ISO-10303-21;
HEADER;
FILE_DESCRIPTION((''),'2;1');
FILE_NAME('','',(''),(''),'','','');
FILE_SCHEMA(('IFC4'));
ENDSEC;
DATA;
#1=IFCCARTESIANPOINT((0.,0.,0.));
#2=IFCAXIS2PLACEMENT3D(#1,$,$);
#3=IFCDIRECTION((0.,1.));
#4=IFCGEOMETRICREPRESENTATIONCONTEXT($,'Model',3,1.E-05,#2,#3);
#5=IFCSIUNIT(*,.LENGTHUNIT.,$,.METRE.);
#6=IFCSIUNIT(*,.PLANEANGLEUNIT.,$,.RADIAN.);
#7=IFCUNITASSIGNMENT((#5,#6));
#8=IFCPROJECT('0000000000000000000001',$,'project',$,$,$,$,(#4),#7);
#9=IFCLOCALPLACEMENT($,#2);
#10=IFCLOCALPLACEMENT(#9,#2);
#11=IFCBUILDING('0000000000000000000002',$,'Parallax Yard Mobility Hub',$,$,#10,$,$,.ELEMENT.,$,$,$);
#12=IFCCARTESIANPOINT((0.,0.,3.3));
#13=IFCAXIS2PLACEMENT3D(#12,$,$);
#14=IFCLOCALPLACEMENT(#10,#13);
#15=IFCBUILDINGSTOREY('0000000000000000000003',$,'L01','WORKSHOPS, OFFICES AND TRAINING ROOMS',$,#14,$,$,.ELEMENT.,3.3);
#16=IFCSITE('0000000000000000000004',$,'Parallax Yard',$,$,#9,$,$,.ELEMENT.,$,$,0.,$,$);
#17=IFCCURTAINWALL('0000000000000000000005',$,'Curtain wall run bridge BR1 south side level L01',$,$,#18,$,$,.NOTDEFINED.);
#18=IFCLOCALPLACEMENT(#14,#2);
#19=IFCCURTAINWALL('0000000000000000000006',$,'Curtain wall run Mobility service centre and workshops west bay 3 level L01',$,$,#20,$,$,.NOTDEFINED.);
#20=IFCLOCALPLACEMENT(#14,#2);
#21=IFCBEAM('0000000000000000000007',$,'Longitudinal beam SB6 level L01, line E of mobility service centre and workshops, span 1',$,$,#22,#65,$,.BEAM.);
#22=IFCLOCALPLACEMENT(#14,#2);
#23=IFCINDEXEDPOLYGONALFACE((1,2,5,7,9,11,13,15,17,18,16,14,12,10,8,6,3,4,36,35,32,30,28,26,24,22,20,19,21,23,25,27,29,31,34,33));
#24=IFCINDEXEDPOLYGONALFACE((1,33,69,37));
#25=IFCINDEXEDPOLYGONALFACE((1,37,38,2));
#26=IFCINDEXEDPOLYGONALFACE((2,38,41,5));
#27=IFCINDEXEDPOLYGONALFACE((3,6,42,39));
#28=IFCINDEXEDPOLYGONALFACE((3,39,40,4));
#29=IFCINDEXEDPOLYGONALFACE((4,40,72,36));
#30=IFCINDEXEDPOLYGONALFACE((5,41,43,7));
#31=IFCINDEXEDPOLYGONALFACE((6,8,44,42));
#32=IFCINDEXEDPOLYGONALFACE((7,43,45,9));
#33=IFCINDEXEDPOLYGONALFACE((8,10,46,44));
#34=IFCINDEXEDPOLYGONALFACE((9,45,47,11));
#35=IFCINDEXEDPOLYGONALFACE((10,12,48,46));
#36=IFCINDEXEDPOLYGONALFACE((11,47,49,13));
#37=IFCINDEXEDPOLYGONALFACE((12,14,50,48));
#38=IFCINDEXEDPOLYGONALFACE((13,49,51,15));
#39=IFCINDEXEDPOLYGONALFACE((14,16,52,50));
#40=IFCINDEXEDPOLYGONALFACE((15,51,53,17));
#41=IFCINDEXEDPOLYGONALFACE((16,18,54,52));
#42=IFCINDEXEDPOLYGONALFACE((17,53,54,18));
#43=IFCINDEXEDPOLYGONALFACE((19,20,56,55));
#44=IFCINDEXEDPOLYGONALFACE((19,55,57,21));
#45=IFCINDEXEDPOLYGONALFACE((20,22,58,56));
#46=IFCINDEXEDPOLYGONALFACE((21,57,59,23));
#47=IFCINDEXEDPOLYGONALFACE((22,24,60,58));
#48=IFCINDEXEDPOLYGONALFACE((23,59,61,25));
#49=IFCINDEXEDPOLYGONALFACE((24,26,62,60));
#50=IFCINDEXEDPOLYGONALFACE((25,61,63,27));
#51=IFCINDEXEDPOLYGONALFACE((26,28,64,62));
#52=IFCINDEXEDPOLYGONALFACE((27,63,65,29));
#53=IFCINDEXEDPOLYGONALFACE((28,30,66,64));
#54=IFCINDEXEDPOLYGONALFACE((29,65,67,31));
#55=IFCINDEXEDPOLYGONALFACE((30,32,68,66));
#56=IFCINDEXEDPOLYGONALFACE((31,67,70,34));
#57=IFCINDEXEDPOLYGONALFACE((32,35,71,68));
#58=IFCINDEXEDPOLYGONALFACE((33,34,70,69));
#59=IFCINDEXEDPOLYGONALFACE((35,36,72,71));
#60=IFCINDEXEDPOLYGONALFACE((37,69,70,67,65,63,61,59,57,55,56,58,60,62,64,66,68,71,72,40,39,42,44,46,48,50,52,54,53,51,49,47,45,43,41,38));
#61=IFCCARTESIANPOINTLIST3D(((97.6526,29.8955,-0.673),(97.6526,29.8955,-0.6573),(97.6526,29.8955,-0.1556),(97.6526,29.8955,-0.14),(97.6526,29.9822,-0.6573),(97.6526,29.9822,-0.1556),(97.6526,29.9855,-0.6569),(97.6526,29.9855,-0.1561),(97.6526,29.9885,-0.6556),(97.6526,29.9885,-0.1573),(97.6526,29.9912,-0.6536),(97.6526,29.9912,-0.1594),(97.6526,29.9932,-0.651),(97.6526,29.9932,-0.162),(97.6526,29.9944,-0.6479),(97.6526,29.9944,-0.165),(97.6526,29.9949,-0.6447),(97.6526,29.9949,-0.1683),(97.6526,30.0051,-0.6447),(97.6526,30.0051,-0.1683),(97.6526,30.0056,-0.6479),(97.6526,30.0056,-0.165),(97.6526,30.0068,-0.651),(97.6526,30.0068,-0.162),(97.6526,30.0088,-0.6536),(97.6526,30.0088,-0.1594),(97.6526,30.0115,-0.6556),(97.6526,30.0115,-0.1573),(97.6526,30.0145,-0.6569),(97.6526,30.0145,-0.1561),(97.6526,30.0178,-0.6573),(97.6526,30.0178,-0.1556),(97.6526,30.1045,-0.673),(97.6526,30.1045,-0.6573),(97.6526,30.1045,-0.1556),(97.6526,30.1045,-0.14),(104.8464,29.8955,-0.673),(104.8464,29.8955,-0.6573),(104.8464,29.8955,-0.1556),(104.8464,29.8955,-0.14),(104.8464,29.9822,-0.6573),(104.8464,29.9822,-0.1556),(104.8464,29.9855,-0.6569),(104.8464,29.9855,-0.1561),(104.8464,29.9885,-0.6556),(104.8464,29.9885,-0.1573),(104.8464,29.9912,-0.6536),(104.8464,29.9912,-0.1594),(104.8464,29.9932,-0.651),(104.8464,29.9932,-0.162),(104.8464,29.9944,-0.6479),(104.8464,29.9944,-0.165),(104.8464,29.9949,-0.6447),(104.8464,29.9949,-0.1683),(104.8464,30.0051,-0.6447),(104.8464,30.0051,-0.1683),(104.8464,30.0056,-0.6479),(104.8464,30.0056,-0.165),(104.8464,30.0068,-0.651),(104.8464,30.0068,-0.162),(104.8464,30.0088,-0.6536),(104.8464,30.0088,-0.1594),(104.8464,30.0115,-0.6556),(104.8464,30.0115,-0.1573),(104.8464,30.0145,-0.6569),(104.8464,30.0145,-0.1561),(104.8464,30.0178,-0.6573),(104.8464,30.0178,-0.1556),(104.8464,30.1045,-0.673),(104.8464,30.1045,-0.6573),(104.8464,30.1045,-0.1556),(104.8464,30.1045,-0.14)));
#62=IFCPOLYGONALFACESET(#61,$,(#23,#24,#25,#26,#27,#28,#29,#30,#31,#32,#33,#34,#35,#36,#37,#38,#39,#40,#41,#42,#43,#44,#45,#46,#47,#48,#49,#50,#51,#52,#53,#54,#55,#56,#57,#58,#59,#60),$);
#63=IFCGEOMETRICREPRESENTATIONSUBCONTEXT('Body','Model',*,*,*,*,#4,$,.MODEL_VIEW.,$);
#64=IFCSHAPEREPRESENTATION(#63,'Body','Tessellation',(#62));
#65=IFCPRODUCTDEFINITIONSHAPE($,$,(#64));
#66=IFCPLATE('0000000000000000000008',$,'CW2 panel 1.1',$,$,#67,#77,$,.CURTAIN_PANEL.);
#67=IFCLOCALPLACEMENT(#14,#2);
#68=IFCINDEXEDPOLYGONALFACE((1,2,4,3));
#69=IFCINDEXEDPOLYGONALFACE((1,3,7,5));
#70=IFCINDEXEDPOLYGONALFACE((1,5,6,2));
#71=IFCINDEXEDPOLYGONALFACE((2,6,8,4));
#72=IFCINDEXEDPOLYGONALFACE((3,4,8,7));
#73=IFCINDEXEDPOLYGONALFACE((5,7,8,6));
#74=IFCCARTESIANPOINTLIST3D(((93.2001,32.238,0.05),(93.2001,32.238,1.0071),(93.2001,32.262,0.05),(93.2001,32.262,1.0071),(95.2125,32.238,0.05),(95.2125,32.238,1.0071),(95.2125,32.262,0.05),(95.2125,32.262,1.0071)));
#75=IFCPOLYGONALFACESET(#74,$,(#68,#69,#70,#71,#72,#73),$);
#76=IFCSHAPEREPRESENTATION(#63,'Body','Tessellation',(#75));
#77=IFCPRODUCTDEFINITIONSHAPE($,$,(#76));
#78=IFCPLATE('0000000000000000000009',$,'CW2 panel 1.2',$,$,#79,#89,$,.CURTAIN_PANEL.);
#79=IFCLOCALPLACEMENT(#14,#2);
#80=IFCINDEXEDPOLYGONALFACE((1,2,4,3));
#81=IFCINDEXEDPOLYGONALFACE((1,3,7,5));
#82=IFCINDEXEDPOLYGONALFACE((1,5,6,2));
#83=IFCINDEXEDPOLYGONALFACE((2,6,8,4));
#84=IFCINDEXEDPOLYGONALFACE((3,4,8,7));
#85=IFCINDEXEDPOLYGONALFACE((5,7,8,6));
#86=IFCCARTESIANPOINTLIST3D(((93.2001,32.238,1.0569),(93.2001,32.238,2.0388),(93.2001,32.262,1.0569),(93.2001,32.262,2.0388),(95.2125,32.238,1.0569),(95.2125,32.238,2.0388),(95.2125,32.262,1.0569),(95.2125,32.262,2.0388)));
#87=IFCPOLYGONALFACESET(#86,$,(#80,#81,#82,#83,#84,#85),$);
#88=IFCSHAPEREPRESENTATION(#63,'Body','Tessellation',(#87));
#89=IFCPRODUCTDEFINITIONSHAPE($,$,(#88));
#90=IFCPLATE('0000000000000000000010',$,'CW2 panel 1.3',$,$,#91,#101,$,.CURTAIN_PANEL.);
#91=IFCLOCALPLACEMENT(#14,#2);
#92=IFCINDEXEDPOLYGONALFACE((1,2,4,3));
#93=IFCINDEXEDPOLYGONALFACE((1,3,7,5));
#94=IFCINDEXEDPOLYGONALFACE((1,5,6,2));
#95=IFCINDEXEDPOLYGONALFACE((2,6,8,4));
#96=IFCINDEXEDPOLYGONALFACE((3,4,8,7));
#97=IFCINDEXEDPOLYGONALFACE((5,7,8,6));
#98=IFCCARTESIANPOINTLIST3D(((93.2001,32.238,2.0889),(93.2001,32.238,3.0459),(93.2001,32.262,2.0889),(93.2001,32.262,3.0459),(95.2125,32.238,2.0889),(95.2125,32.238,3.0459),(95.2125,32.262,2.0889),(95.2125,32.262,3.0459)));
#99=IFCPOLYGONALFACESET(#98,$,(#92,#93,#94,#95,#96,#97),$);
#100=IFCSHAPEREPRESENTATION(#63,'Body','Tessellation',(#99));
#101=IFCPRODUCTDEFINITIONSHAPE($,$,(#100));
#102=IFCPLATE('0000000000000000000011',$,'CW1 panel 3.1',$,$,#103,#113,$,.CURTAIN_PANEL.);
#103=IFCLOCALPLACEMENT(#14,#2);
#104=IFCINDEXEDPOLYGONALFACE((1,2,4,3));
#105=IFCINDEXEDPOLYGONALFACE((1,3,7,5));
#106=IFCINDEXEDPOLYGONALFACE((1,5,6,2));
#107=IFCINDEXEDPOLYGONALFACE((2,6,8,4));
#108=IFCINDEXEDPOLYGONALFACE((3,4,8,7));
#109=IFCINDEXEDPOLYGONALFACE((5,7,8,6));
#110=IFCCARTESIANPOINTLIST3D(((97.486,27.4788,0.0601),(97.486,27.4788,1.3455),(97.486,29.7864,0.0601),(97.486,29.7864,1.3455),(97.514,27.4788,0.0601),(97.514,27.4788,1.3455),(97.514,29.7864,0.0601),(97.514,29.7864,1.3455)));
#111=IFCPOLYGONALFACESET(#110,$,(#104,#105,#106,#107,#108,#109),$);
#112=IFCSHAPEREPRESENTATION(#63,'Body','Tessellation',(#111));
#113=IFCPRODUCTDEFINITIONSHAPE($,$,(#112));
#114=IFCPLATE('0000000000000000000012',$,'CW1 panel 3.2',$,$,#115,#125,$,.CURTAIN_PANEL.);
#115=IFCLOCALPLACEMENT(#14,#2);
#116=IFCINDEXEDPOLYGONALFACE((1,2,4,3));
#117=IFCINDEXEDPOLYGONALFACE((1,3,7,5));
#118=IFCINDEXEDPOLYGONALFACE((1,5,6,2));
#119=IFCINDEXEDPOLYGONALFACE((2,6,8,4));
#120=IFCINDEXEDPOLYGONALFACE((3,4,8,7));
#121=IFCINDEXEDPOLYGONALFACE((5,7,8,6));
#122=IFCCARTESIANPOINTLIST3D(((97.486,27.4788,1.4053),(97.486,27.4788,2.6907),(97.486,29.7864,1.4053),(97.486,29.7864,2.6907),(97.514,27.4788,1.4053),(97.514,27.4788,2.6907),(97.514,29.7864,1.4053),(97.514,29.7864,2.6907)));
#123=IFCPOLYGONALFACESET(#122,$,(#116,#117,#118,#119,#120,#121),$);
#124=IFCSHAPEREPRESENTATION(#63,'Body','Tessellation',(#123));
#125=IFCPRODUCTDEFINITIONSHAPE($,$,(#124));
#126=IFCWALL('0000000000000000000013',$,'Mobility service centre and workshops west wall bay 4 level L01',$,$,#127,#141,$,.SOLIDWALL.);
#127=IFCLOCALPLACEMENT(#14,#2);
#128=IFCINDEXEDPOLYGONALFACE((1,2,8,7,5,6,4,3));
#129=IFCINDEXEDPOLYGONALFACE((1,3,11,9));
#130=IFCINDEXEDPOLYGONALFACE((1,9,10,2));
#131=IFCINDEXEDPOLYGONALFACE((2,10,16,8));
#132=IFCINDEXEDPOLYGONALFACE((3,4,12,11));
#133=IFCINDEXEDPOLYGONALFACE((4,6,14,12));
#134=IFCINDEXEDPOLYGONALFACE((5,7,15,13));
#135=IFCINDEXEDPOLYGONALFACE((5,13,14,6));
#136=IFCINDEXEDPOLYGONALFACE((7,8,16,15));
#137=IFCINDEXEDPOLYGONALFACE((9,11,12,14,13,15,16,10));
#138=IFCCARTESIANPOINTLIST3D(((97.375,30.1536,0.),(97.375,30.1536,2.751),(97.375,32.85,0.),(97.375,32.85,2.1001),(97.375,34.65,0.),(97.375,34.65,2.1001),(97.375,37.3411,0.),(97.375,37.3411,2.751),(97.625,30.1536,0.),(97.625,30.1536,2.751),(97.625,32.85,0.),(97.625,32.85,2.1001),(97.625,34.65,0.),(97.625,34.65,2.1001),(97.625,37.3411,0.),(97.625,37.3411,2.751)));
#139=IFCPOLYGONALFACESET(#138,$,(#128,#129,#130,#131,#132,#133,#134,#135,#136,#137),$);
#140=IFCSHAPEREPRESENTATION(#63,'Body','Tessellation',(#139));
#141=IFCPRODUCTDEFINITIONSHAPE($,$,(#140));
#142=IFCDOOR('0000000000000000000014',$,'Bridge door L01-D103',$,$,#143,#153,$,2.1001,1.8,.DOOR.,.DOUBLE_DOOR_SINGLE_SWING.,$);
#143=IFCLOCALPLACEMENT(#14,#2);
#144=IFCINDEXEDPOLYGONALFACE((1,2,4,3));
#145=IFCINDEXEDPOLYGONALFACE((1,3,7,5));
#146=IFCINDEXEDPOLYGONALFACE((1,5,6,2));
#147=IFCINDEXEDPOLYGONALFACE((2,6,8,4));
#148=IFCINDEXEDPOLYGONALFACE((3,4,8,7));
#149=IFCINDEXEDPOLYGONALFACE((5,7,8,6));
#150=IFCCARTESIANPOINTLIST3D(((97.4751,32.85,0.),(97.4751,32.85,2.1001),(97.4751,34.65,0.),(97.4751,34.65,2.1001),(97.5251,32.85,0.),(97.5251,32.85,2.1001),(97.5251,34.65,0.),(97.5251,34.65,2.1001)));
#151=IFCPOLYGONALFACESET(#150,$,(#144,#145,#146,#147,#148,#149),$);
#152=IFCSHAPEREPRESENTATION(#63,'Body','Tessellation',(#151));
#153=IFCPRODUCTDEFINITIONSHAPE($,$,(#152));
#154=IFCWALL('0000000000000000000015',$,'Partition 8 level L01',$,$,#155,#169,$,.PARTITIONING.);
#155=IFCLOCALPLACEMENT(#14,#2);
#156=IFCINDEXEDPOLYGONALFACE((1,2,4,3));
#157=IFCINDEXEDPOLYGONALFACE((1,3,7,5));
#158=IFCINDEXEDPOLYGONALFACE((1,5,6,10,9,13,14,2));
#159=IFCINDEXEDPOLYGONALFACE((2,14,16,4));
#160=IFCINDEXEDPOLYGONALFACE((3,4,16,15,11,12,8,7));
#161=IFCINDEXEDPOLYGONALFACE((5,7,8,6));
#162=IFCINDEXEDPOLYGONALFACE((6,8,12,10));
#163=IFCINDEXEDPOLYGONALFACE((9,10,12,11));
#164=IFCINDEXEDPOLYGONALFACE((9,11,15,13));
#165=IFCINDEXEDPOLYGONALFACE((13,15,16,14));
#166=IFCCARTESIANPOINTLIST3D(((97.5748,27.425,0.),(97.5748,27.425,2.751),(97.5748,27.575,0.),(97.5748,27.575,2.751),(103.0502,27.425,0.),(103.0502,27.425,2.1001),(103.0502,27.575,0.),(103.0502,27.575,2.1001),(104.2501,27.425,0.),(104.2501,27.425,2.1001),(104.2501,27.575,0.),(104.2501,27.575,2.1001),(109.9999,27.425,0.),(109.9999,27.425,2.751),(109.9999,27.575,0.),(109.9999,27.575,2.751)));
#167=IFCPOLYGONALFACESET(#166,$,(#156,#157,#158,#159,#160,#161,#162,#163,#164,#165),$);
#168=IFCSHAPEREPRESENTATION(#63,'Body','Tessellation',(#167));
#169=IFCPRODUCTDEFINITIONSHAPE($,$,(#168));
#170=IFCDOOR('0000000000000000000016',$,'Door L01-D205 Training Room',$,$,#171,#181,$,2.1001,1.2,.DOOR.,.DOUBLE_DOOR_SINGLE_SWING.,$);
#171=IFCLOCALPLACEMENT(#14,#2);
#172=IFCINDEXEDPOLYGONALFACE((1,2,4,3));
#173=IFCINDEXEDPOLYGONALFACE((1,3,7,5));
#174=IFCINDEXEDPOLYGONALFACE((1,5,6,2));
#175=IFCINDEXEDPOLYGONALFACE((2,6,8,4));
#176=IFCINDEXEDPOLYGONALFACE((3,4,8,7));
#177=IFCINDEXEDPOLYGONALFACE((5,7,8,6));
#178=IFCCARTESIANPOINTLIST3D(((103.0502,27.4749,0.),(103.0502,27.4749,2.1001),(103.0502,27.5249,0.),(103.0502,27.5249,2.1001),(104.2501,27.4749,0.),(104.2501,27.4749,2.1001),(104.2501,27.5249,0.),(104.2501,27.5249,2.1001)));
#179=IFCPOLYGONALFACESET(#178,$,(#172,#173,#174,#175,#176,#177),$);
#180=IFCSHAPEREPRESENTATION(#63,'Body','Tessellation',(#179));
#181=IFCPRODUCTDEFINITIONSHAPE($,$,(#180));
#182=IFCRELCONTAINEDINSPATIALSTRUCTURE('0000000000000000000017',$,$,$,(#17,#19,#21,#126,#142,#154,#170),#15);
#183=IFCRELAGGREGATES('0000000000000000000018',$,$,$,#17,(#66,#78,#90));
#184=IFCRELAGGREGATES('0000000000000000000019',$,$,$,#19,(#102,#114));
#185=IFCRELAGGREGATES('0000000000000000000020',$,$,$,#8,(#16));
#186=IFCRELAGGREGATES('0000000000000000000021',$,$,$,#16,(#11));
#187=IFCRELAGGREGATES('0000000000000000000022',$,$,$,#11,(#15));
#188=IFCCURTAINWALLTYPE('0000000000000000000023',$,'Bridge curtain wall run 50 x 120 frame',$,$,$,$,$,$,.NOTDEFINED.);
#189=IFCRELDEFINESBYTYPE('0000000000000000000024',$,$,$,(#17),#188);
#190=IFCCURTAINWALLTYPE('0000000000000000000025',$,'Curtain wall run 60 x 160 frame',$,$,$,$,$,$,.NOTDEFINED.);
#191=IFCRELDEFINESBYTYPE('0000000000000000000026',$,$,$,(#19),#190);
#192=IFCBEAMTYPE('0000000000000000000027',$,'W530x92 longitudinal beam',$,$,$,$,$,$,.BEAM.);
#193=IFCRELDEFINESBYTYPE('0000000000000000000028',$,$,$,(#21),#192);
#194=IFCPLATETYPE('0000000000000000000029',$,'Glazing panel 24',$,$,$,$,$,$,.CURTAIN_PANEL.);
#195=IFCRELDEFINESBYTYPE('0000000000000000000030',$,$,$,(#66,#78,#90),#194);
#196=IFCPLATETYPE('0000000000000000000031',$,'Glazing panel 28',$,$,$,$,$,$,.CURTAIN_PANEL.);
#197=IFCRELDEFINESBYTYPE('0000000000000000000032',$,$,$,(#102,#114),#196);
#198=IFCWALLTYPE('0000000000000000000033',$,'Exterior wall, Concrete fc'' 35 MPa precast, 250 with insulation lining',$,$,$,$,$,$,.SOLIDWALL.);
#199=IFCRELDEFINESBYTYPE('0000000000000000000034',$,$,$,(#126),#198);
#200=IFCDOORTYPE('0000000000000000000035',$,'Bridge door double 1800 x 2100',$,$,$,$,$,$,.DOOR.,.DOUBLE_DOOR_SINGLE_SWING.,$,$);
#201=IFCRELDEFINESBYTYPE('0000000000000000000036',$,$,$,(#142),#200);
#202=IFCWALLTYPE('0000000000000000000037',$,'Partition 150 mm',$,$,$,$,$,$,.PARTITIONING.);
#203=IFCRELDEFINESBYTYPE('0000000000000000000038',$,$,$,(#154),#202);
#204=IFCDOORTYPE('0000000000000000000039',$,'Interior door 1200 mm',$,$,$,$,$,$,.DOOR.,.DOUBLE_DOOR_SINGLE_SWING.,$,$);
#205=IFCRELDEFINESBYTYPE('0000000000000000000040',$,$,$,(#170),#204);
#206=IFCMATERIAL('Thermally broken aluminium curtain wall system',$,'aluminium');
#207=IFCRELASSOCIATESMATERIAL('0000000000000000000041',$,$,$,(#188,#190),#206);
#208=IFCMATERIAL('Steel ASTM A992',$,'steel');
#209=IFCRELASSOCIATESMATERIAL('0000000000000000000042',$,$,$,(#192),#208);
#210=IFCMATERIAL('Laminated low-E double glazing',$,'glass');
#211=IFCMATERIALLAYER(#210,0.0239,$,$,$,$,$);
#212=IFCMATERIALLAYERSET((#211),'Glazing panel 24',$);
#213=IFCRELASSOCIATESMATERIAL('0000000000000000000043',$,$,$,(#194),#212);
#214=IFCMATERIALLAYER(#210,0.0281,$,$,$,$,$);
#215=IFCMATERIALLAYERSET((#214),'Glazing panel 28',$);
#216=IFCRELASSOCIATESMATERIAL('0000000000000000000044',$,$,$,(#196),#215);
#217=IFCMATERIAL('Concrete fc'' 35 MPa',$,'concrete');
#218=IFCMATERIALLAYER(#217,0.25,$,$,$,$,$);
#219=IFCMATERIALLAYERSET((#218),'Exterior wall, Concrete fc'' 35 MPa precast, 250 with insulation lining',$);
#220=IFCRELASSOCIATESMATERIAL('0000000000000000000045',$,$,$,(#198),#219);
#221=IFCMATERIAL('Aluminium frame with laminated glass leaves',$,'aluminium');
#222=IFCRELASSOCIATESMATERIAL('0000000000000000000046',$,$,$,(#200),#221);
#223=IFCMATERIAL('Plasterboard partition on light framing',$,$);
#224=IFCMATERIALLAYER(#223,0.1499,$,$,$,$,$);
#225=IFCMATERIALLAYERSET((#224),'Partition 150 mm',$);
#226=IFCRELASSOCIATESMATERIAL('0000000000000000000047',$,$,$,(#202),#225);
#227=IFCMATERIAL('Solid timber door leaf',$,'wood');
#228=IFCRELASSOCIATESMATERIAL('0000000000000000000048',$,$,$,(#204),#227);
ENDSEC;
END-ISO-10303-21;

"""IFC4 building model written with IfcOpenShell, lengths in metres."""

from ifc_helpers import new_model, si_unit, direction, frame, frame_2d, origin, origin_2d, place, context, subcontext, project, spatial, rectangle, i_section, extrude, material, layer, layer_set, material_profile, profile_set, type_object, element, fill, aggregate, save


model = new_model("IFC4")

# Units and contexts
model_context = context("Model", 3, precision=1e-05, world=origin(), true_north=direction((0.0, 1.0)))
body_context = subcontext(model_context, "Body", "Model", "MODEL_VIEW")
ifc_project = project(units=[si_unit("LENGTHUNIT", "METRE"), si_unit("PLANEANGLEUNIT", "RADIAN")], contexts=[model_context])

# Site, building, storey
site_placement = place(None, origin())
site = spatial("IfcSite", under=ifc_project, at=site_placement, Name="Parallax Yard", CompositionType="ELEMENT", RefElevation=0.0)
building_placement = place(site_placement, origin())
building = spatial("IfcBuilding", under=site, at=building_placement, Name="Parallax Yard Mobility Hub", CompositionType="ELEMENT")
storey_placement = place(building_placement, frame((0.0, 0.0, 3.3)))
storey = spatial("IfcBuildingStorey", under=building, at=storey_placement, Name="L01", Description="WORKSHOPS, OFFICES AND TRAINING ROOMS", CompositionType="ELEMENT", Elevation=3.3)

# Shared definitions
ifc_material_1 = material(Name="Steel ASTM A992", Category="steel")

# Curtain wall
ifc_material_2 = material(Name="Thermally broken aluminium curtain wall system", Category="aluminium")
curtain_wall_type_1 = type_object("IfcCurtainWallType", Name="Bridge curtain wall run 50 x 120 frame", PredefinedType="NOTDEFINED", material=ifc_material_2)
curtain_wall_1_placement = place(storey_placement, origin())
curtain_wall_1 = element("IfcCurtainWall", 1, at=curtain_wall_1_placement, inside=storey, type_object=curtain_wall_type_1, Name="Curtain wall run bridge BR1 south side level L01", PredefinedType="NOTDEFINED")

# Curtain wall
curtain_wall_type_2 = type_object("IfcCurtainWallType", Name="Curtain wall run 60 x 160 frame", PredefinedType="NOTDEFINED", material=ifc_material_2)
curtain_wall_2_placement = place(storey_placement, origin())
curtain_wall_2 = element("IfcCurtainWall", 2, at=curtain_wall_2_placement, inside=storey, type_object=curtain_wall_type_2, Name="Curtain wall run Mobility service centre and workshops west bay 3 level L01", PredefinedType="NOTDEFINED")

# Beam
ifc_material_profile_1 = material_profile(ifc_material_1, i_section(OverallWidth=0.209, OverallDepth=0.533, WebThickness=0.0103, FlangeThickness=0.0156, FilletRadius=0.0127, at=origin_2d()), Name="W530x92")
ifc_profile_set_1 = profile_set([ifc_material_profile_1], Name="Steel ASTM A992")
beam_type_1 = type_object("IfcBeamType", Name="W530x92 longitudinal beam", PredefinedType="BEAM", material=ifc_profile_set_1)
beam_1_placement = place(storey_placement, frame((97.6526, 30.0, -0.4065), z_axis=(1.0, 0.0, 0.0), x_axis=(0.0, 1.0, 0.0)))
element("IfcBeam", 3, at=beam_1_placement, inside=storey, type_object=beam_type_1, Name="Longitudinal beam SB6 level L01, line E of mobility service centre and workshops, span 1", PredefinedType="BEAM", context=body_context, shape_type="SweptSolid", body=[
    extrude(i_section(OverallWidth=0.209, OverallDepth=0.533, WebThickness=0.0103, FlangeThickness=0.0156, FilletRadius=0.0127, at=origin_2d()), origin(), (0.0, 0.0, 1.0), 7.1938),
])

# Plates
ifc_material_3 = material(Name="Laminated low-E double glazing", Category="glass")
ifc_layer_1 = layer(ifc_material_3, 0.0239)
ifc_layer_set_1 = layer_set([ifc_layer_1], Name="Glazing panel 24")
plate_type_1 = type_object("IfcPlateType", Name="Glazing panel 24", PredefinedType="CURTAIN_PANEL", material=ifc_layer_set_1)
plate_1_placement = place(storey_placement, frame((94.2063, 32.25, 0.05), z_axis=(0.0, 0.0, 1.0), x_axis=(1.0, 0.0, 0.0)))
plate_1 = element("IfcPlate", 4, at=plate_1_placement, type_object=plate_type_1, Name="CW2 panel 1.1", PredefinedType="CURTAIN_PANEL", context=body_context, shape_type="SweptSolid", body=[
    extrude(rectangle(XDim=2.0125, YDim=0.0239, at=origin_2d()), origin(), (0.0, 0.0, 1.0), 0.957),
])
plate_2_placement = place(storey_placement, frame((94.2063, 32.25, 1.0569), z_axis=(0.0, 0.0, 1.0), x_axis=(1.0, 0.0, 0.0)))
plate_2 = element("IfcPlate", 5, at=plate_2_placement, type_object=plate_type_1, Name="CW2 panel 1.2", PredefinedType="CURTAIN_PANEL", context=body_context, shape_type="SweptSolid", body=[
    extrude(rectangle(XDim=2.0125, YDim=0.0239, at=origin_2d()), origin(), (0.0, 0.0, 1.0), 0.9819),
])
plate_3_placement = place(storey_placement, frame((94.2063, 32.25, 2.0889), z_axis=(0.0, 0.0, 1.0), x_axis=(1.0, 0.0, 0.0)))
plate_3 = element("IfcPlate", 6, at=plate_3_placement, type_object=plate_type_1, Name="CW2 panel 1.3", PredefinedType="CURTAIN_PANEL", context=body_context, shape_type="SweptSolid", body=[
    extrude(rectangle(XDim=2.0125, YDim=0.0239, at=origin_2d()), origin(), (0.0, 0.0, 1.0), 0.957),
])
aggregate(curtain_wall_1, [plate_1, plate_2, plate_3])
ifc_layer_2 = layer(ifc_material_3, 0.0281)
ifc_layer_set_2 = layer_set([ifc_layer_2], Name="Glazing panel 28")
plate_type_2 = type_object("IfcPlateType", Name="Glazing panel 28", PredefinedType="CURTAIN_PANEL", material=ifc_layer_set_2)
plate_4_placement = place(storey_placement, frame((97.5, 28.6326, 0.0601), z_axis=(0.0, 0.0, 1.0), x_axis=(0.0, 1.0, 0.0)))
plate_4 = element("IfcPlate", 7, at=plate_4_placement, type_object=plate_type_2, Name="CW1 panel 3.1", PredefinedType="CURTAIN_PANEL", context=body_context, shape_type="SweptSolid", body=[
    extrude(rectangle(XDim=2.3076, YDim=0.0281, at=origin_2d()), origin(), (0.0, 0.0, 1.0), 1.2854),
])
plate_5_placement = place(storey_placement, frame((97.5, 28.6326, 1.4053), z_axis=(0.0, 0.0, 1.0), x_axis=(0.0, 1.0, 0.0)))
plate_5 = element("IfcPlate", 8, at=plate_5_placement, type_object=plate_type_2, Name="CW1 panel 3.2", PredefinedType="CURTAIN_PANEL", context=body_context, shape_type="SweptSolid", body=[
    extrude(rectangle(XDim=2.3076, YDim=0.0281, at=origin_2d()), origin(), (0.0, 0.0, 1.0), 1.2854),
])
aggregate(curtain_wall_2, [plate_4, plate_5])

# Walls, openings, doors
ifc_material_4 = material(Name="Concrete fc' 35 MPa", Category="concrete")
ifc_layer_3 = layer(ifc_material_4, 0.25)
ifc_layer_set_3 = layer_set([ifc_layer_3], Name="Exterior wall, Concrete fc' 35 MPa precast, 250 with insulation lining")
wall_type_1 = type_object("IfcWallType", Name="Exterior wall, Concrete fc' 35 MPa precast, 250 with insulation lining", PredefinedType="SOLIDWALL", material=ifc_layer_set_3)
wall_1_placement = place(storey_placement, frame((97.5, 30.1536, 0.0), z_axis=(0.0, 0.0, 1.0), x_axis=(0.0, 1.0, 0.0)))
wall_1 = element("IfcWall", 9, at=wall_1_placement, inside=storey, type_object=wall_type_1, Name="Mobility service centre and workshops west wall bay 4 level L01", PredefinedType="SOLIDWALL", context=body_context, shape_type="SweptSolid", body=[
    extrude(rectangle(XDim=7.1875, YDim=0.25, at=frame_2d((3.5938, 0.0))), origin(), (0.0, 0.0, 1.0), 2.751),
])
opening_1_placement = place(wall_1_placement, frame((2.6965, 0.0, 0.0)))
opening_1 = element("IfcOpeningElement", 10, at=opening_1_placement, cuts=wall_1, PredefinedType="OPENING", context=body_context, shape_type="SweptSolid", body=[
    extrude(rectangle(XDim=1.8, YDim=2.1001, at=frame_2d((0.8999, 1.05))), frame((0.0, 0.135, 0.0), z_axis=(0.0, -1.0, 0.0), x_axis=(1.0, 0.0, 0.0)), (0.0, 0.0, 1.0), 0.27),
])
ifc_material_5 = material(Name="Aluminium frame with laminated glass leaves", Category="aluminium")
door_type_1 = type_object("IfcDoorType", Name="Bridge door double 1800 x 2100", OperationType="DOUBLE_DOOR_SINGLE_SWING", PredefinedType="DOOR", material=ifc_material_5)
door_1_placement = place(opening_1_placement, origin())
door_1 = element("IfcDoor", 11, at=door_1_placement, inside=storey, type_object=door_type_1, Name="Bridge door L01-D103", OperationType="DOUBLE_DOOR_SINGLE_SWING", OverallHeight=2.1001, OverallWidth=1.8, PredefinedType="DOOR", context=body_context, shape_type="SweptSolid", body=[
    extrude(rectangle(XDim=1.8, YDim=2.1001, at=frame_2d((0.8999, 1.05))), frame((0.0, 0.0249, 0.0), z_axis=(0.0, -1.0, 0.0), x_axis=(1.0, 0.0, 0.0)), (0.0, 0.0, 1.0), 0.05),
])
fill(opening_1, door_1)
ifc_material_6 = material(Name="Plasterboard partition on light framing")
ifc_layer_4 = layer(ifc_material_6, 0.1499)
ifc_layer_set_4 = layer_set([ifc_layer_4], Name="Partition 150 mm")
wall_type_2 = type_object("IfcWallType", Name="Partition 150 mm", PredefinedType="PARTITIONING", material=ifc_layer_set_4)
wall_2_placement = place(storey_placement, frame((97.575, 27.5, 0.0), z_axis=(0.0, 0.0, 1.0), x_axis=(1.0, 0.0, 0.0)))
wall_2 = element("IfcWall", 12, at=wall_2_placement, inside=storey, type_object=wall_type_2, Name="Partition 8 level L01", PredefinedType="PARTITIONING", context=body_context, shape_type="SweptSolid", body=[
    extrude(rectangle(XDim=12.425, YDim=0.1499, at=frame_2d((6.2124, 0.0))), origin(), (0.0, 0.0, 1.0), 2.751),
])
opening_2_placement = place(wall_2_placement, frame((5.4751, 0.0, 0.0)))
opening_2 = element("IfcOpeningElement", 13, at=opening_2_placement, cuts=wall_2, PredefinedType="OPENING", context=body_context, shape_type="SweptSolid", body=[
    extrude(rectangle(XDim=1.2, YDim=2.1001, at=frame_2d((0.6001, 1.05))), frame((0.0, 0.085, 0.0), z_axis=(0.0, -1.0, 0.0), x_axis=(1.0, 0.0, 0.0)), (0.0, 0.0, 1.0), 0.1699),
])
ifc_material_7 = material(Name="Solid timber door leaf", Category="wood")
door_type_2 = type_object("IfcDoorType", Name="Interior door 1200 mm", OperationType="DOUBLE_DOOR_SINGLE_SWING", PredefinedType="DOOR", material=ifc_material_7)
door_2_placement = place(opening_2_placement, origin())
door_2 = element("IfcDoor", 14, at=door_2_placement, inside=storey, type_object=door_type_2, Name="Door L01-D205 Training Room", OperationType="DOUBLE_DOOR_SINGLE_SWING", OverallHeight=2.1001, OverallWidth=1.2, PredefinedType="DOOR", context=body_context, shape_type="SweptSolid", body=[
    extrude(rectangle(XDim=1.2, YDim=2.1001, at=frame_2d((0.6001, 1.05))), frame((0.0, 0.0249, 0.0), z_axis=(0.0, -1.0, 0.0), x_axis=(1.0, 0.0, 0.0)), (0.0, 0.0, 1.0), 0.05),
])
fill(opening_2, door_2)

save(model, "model.ifc")
